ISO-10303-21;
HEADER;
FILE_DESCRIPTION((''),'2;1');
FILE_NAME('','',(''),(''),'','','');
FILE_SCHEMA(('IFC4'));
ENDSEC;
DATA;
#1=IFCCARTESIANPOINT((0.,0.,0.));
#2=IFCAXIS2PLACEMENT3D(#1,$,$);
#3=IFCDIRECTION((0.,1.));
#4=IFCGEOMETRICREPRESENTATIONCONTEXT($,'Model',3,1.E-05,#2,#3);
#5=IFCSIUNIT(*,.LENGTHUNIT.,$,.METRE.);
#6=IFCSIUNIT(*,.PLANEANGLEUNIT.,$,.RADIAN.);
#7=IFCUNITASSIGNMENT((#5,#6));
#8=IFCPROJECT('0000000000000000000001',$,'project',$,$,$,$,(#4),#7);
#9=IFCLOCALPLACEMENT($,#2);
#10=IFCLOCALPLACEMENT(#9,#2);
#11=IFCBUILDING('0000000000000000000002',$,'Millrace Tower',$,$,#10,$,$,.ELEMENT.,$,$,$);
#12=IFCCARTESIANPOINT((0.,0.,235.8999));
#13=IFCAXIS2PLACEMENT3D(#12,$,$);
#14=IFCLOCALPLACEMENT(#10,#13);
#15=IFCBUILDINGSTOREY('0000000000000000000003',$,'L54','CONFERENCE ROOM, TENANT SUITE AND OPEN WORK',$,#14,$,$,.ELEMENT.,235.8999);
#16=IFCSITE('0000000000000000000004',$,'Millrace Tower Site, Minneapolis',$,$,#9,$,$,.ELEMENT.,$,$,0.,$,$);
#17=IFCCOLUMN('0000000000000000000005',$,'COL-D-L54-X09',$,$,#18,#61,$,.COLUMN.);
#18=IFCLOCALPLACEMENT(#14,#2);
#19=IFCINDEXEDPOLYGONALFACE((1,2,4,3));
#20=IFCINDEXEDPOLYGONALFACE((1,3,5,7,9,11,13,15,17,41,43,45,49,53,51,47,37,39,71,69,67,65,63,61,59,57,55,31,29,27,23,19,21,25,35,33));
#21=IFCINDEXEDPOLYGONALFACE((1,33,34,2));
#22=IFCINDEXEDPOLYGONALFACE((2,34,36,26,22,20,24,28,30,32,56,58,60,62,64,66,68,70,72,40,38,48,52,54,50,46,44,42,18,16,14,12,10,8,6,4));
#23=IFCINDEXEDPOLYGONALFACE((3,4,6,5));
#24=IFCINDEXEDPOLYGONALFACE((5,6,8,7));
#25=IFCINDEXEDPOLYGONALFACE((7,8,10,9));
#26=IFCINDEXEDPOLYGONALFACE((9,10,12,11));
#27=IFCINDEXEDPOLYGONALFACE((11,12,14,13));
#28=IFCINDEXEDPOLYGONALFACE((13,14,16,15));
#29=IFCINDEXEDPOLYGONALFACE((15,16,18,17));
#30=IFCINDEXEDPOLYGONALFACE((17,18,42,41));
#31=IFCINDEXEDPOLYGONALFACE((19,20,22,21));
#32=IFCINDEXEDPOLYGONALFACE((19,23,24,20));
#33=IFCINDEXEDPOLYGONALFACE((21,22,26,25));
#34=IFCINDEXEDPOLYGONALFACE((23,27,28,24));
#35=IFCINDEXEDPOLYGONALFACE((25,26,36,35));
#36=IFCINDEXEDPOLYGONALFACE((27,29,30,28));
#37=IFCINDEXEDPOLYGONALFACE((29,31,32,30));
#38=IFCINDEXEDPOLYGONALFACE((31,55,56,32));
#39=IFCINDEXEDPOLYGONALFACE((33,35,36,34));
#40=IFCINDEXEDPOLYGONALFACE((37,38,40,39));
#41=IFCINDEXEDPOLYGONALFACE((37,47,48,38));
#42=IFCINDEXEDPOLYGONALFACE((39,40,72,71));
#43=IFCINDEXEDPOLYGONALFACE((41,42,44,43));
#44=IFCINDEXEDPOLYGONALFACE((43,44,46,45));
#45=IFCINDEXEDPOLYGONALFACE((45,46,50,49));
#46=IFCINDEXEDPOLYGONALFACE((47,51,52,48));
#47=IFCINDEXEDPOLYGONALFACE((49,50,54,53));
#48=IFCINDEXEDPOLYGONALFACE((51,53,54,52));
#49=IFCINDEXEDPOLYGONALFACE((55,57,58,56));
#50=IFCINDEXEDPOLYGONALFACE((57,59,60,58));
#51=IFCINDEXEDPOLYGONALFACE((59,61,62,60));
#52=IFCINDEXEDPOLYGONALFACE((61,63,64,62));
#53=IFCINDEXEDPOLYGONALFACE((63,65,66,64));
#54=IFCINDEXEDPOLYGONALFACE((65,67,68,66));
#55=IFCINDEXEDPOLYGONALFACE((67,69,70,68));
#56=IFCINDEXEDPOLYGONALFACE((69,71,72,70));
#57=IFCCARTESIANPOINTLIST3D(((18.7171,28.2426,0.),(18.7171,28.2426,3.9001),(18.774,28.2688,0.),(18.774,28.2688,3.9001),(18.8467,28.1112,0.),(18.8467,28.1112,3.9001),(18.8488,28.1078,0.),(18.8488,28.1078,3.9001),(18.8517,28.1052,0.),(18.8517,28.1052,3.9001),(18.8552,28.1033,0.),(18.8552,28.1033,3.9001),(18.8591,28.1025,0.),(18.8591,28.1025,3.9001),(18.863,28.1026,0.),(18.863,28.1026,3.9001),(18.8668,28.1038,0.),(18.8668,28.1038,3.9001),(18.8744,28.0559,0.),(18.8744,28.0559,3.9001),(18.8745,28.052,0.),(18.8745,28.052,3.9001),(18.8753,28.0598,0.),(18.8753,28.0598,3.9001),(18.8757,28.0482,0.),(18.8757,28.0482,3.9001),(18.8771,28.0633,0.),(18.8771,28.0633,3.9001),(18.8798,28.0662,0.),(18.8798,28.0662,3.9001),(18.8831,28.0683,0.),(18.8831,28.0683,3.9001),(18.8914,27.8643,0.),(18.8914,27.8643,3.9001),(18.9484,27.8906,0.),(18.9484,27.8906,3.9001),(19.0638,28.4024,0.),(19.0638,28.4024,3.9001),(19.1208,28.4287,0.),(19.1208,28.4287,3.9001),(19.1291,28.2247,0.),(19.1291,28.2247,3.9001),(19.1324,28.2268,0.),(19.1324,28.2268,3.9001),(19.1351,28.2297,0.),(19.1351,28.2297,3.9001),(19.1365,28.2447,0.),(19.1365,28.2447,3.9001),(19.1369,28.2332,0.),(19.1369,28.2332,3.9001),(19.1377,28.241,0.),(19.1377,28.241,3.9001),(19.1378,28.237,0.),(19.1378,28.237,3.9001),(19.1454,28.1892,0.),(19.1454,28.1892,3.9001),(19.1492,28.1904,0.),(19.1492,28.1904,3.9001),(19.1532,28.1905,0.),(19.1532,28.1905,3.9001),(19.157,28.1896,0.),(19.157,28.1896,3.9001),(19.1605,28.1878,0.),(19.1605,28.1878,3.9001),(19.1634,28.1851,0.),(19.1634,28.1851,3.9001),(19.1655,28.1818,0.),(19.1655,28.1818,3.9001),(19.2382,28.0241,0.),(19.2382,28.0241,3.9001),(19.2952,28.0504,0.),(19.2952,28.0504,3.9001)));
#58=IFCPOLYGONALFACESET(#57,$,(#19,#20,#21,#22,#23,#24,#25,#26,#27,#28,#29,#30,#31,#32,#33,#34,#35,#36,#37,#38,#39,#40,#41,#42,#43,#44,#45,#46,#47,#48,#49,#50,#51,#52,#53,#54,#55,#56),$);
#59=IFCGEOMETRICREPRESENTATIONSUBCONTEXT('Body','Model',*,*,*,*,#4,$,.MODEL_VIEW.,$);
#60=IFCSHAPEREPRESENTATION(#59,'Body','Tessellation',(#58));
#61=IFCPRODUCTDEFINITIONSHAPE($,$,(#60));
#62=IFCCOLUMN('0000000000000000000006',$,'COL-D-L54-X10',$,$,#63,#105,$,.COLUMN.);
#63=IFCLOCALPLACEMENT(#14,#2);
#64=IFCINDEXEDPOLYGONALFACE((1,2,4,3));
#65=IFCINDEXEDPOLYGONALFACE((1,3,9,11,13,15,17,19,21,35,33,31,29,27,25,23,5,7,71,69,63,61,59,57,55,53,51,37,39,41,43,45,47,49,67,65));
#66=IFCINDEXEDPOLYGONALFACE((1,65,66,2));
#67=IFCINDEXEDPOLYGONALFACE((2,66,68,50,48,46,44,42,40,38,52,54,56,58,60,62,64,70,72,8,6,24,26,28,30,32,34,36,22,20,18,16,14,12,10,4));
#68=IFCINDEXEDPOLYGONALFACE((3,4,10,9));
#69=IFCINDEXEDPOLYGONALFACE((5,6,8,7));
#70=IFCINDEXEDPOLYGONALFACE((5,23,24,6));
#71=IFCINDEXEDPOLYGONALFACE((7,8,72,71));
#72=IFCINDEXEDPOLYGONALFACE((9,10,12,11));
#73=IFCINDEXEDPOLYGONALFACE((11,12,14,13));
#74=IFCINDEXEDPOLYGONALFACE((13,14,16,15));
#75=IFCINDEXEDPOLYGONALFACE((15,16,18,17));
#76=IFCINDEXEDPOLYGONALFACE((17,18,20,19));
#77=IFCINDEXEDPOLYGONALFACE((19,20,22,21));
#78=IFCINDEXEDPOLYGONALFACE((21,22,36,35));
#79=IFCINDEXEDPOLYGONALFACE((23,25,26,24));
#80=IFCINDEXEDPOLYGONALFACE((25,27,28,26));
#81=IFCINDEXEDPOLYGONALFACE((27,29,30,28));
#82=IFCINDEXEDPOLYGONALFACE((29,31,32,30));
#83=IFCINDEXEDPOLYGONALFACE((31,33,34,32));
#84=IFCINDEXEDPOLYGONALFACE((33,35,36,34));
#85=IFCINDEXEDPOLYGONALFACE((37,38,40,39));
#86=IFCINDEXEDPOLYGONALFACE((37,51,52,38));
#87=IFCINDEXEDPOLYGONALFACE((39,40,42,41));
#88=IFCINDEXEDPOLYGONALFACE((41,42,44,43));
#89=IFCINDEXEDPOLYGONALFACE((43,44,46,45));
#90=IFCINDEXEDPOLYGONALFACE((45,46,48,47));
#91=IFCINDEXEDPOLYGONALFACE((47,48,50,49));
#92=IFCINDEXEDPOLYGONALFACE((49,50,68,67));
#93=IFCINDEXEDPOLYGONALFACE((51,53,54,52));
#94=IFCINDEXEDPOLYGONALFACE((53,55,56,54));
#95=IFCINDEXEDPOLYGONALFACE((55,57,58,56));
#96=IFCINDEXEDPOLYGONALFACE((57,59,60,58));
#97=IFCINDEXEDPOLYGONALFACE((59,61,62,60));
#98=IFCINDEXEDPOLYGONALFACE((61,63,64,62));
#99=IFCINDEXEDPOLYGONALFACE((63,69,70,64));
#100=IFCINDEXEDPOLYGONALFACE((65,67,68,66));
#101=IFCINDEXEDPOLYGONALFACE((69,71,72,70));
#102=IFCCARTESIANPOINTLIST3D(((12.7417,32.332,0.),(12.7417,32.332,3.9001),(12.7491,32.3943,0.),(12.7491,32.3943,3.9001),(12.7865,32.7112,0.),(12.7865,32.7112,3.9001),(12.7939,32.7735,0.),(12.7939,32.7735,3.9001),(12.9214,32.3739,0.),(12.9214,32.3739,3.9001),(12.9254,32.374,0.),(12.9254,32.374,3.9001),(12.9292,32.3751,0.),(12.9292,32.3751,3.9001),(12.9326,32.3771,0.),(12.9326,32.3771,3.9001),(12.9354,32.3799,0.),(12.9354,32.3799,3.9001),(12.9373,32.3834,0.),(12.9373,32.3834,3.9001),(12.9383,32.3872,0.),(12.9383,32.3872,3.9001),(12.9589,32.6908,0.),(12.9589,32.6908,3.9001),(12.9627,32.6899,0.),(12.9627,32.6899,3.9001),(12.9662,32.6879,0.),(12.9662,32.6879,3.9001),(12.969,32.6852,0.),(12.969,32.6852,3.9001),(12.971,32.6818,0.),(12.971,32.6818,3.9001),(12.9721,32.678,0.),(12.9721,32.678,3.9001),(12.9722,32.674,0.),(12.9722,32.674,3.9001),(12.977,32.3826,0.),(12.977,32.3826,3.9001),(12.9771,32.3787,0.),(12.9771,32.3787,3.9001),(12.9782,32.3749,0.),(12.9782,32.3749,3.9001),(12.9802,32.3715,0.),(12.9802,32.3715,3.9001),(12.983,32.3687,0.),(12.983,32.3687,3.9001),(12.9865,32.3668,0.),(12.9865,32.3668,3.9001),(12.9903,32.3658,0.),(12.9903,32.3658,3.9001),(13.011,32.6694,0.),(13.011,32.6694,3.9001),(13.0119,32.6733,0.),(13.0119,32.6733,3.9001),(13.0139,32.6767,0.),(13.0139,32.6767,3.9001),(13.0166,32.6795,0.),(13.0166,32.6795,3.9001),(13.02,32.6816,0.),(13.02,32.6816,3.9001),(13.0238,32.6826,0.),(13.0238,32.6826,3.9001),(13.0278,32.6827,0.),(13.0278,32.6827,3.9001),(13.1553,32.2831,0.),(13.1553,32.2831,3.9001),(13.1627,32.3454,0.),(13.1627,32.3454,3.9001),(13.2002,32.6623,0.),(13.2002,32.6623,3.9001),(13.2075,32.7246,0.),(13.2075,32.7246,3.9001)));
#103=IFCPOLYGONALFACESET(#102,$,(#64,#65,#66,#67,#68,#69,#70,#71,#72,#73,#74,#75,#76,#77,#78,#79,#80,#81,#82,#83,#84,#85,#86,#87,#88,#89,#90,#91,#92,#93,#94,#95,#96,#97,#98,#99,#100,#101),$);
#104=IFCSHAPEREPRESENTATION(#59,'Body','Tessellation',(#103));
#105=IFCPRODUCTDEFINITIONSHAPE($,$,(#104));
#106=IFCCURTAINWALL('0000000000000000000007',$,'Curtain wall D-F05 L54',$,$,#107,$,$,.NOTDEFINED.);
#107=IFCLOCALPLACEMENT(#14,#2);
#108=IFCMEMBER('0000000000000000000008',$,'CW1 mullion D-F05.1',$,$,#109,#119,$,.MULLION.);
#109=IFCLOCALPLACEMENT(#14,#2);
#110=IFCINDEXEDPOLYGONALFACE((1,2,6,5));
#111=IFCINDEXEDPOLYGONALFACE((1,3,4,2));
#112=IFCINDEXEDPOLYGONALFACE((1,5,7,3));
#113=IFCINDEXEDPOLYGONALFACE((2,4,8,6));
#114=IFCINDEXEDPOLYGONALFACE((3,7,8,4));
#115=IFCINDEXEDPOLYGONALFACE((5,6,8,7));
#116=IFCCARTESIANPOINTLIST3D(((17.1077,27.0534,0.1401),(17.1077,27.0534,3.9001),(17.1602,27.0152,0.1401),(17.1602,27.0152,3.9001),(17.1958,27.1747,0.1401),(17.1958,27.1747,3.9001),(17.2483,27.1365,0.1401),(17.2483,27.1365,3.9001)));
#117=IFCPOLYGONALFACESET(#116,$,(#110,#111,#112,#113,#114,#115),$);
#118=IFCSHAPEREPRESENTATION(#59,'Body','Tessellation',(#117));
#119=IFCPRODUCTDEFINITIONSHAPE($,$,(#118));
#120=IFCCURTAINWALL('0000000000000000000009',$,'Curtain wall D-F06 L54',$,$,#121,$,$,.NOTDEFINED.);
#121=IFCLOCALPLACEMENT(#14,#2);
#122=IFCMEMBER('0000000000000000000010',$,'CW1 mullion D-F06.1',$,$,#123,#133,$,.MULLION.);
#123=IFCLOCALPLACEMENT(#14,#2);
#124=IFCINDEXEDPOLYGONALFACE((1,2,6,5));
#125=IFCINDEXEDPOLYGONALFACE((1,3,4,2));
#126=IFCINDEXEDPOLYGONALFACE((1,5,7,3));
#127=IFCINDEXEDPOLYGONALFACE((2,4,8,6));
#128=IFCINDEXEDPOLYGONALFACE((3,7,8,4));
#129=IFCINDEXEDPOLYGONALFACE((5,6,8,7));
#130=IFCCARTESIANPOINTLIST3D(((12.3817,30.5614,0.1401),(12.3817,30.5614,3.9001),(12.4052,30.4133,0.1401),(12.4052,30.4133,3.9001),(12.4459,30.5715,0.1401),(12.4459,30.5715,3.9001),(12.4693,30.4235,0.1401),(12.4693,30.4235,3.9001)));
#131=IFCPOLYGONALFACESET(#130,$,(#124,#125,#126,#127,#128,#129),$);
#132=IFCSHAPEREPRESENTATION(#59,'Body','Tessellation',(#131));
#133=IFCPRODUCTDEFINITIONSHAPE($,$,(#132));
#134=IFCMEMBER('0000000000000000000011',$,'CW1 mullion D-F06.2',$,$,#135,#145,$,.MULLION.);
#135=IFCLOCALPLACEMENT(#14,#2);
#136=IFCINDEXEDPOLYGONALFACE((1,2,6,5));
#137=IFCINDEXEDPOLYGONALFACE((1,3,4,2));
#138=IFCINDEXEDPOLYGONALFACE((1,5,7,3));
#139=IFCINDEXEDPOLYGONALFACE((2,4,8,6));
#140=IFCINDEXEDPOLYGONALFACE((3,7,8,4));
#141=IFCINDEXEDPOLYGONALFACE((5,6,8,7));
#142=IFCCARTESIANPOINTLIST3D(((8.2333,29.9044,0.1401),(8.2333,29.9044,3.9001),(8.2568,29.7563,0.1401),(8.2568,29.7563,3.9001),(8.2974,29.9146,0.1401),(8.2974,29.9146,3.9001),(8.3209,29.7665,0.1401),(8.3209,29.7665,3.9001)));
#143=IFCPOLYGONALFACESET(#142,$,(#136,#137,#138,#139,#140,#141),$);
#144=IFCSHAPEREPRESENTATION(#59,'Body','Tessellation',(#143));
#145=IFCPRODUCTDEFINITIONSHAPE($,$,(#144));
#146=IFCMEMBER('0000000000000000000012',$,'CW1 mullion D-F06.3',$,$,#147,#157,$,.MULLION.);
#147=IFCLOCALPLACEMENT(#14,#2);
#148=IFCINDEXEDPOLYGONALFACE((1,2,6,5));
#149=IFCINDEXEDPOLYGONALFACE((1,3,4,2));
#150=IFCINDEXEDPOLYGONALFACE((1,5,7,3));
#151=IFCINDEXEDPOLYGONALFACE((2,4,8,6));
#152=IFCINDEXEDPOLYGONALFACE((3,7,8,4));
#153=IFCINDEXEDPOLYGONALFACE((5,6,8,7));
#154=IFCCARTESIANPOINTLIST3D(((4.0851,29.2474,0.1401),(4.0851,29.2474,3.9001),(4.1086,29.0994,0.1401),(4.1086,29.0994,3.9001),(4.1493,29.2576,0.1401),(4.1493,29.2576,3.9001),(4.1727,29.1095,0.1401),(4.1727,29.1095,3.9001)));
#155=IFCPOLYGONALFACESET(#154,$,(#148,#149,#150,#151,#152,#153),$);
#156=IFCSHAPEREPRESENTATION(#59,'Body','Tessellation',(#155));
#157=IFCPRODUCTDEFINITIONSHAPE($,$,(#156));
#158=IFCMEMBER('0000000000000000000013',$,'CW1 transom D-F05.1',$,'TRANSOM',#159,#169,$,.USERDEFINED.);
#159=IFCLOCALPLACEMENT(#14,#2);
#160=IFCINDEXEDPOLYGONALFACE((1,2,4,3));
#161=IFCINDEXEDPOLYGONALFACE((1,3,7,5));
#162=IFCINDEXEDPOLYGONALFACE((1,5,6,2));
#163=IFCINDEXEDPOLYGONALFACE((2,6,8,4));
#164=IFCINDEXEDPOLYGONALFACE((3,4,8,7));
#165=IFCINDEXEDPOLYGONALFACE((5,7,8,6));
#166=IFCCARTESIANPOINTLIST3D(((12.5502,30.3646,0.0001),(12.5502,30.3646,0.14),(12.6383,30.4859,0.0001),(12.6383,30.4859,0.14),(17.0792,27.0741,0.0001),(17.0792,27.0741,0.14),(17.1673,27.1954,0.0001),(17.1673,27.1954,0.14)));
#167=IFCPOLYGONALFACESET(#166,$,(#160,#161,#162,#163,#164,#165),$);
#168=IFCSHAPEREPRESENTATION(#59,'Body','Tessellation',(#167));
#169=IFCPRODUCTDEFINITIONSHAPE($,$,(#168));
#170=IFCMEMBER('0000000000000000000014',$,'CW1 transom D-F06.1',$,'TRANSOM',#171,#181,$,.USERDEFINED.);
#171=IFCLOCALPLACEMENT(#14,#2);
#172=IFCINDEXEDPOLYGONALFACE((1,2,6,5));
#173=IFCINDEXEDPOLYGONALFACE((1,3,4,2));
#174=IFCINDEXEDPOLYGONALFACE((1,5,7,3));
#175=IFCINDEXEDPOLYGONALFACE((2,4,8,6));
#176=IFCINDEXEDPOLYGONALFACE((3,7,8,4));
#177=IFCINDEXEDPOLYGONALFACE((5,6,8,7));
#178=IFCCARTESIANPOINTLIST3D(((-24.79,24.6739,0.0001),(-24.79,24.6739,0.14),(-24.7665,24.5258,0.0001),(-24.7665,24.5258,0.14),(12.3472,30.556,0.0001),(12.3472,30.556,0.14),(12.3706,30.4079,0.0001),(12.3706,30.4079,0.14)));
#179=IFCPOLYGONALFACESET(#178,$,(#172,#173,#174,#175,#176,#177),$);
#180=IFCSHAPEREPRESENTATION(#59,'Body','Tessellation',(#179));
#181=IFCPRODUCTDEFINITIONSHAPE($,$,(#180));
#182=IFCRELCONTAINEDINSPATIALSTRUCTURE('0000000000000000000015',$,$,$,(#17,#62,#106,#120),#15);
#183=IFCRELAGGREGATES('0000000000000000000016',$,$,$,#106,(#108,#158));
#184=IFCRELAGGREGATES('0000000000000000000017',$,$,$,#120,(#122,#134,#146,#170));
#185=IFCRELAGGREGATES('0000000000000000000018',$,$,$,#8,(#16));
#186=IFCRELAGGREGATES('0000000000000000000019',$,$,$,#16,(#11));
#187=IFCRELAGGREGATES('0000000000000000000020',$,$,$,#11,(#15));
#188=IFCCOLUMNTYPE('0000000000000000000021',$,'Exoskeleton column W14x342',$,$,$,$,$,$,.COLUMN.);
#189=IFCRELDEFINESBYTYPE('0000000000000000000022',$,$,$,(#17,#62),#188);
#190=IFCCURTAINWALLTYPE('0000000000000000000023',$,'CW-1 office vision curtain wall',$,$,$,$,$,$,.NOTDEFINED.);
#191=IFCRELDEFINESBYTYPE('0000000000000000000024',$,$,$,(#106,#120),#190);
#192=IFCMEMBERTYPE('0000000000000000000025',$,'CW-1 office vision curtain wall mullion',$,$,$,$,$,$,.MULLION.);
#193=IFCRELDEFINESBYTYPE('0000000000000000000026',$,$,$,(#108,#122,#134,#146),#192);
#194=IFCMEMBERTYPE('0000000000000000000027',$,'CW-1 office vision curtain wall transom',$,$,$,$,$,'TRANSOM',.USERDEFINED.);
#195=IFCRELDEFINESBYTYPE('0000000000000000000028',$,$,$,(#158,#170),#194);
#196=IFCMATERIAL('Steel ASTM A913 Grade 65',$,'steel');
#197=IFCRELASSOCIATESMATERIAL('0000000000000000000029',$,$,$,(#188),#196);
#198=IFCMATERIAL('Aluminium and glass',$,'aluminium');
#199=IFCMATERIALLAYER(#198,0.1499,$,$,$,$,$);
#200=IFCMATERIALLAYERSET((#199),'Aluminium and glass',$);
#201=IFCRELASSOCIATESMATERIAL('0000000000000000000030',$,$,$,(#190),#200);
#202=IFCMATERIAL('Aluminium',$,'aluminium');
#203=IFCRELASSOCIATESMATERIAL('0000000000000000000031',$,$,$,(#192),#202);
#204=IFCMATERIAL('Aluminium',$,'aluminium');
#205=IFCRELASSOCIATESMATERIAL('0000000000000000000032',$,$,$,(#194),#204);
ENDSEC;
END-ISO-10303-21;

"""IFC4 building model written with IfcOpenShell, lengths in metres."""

from ifc_helpers import new_model, si_unit, direction, frame, origin, origin_2d, place, context, subcontext, project, spatial, rectangle, i_section, extrude, material, layer, layer_set, material_profile, profile_set, type_object, element, aggregate, save


model = new_model("IFC4")

# Units and contexts
model_context = context("Model", 3, precision=1e-05, world=origin(), true_north=direction((0.0, 1.0)))
body_context = subcontext(model_context, "Body", "Model", "MODEL_VIEW")
ifc_project = project(units=[si_unit("LENGTHUNIT", "METRE"), si_unit("PLANEANGLEUNIT", "RADIAN")], contexts=[model_context])

# Site, building, storey
site_placement = place(None, origin())
site = spatial("IfcSite", under=ifc_project, at=site_placement, Name="Millrace Tower Site, Minneapolis", CompositionType="ELEMENT", RefElevation=0.0)
building_placement = place(site_placement, origin())
building = spatial("IfcBuilding", under=site, at=building_placement, Name="Millrace Tower", CompositionType="ELEMENT")
storey_placement = place(building_placement, frame((0.0, 0.0, 235.8999)))
storey = spatial("IfcBuildingStorey", under=building, at=storey_placement, Name="L54", Description="CONFERENCE ROOM, TENANT SUITE AND OPEN WORK", CompositionType="ELEMENT", Elevation=235.8999)

# Columns
ifc_material_1 = material(Name="Steel ASTM A913 Grade 65", Category="steel")
ifc_material_profile_1 = material_profile(ifc_material_1, i_section(OverallWidth=0.4165, OverallDepth=0.4446, WebThickness=0.0391, FlangeThickness=0.0627, FilletRadius=0.0151, at=origin_2d()))
ifc_profile_set_1 = profile_set([ifc_material_profile_1], Name="Steel ASTM A913 Grade 65")
column_type = type_object("IfcColumnType", Name="Exoskeleton column W14x342", PredefinedType="COLUMN", material=ifc_profile_set_1)
for number, where, z_axis, x_axis, name in (
    (1, (19.0061, 28.1465, 0.0), (0.0, 0.0, 1.0), (-0.418553, 0.908192, 0.0), "COL-D-L54-X09"),
    (2, (12.9746, 32.5283, 0.0), (0.0, 0.0, 1.0), (-0.993082, 0.117421, 0.0), "COL-D-L54-X10"),
):
    element("IfcColumn", number, at=place(storey_placement, frame(where, z_axis=z_axis, x_axis=x_axis)), inside=storey, type_object=column_type, Name=name, PredefinedType="COLUMN", context=body_context, shape_type="SweptSolid", body=[
        extrude(i_section(OverallWidth=0.4165, OverallDepth=0.4446, WebThickness=0.0391, FlangeThickness=0.0627, FilletRadius=0.0151, at=origin_2d()), origin(), (0.0, 0.0, 1.0), 3.9001),
    ])

# Curtain wall, member
ifc_material_2 = material(Name="Aluminium and glass", Category="aluminium")
ifc_layer_1 = layer(ifc_material_2, 0.1499)
ifc_layer_set_1 = layer_set([ifc_layer_1], Name="Aluminium and glass")
curtain_wall_type = type_object("IfcCurtainWallType", Name="CW-1 office vision curtain wall", PredefinedType="NOTDEFINED", material=ifc_layer_set_1)
placement = place(storey_placement, origin())
curtain_wall_1 = element("IfcCurtainWall", 3, at=placement, inside=storey, type_object=curtain_wall_type, Name="Curtain wall D-F05 L54", PredefinedType="NOTDEFINED")
ifc_material_3 = material(Name="Aluminium", Category="aluminium")
ifc_material_profile_2 = material_profile(ifc_material_3, rectangle(XDim=0.0649, YDim=0.1499, at=origin_2d()))
ifc_profile_set_2 = profile_set([ifc_material_profile_2], Name="Aluminium")
member_type_1 = type_object("IfcMemberType", Name="CW-1 office vision curtain wall mullion", PredefinedType="MULLION", material=ifc_profile_set_2)
member_1_placement = place(storey_placement, frame((17.178, 27.095, 0.1401), z_axis=(0.0, 0.0, 1.0), x_axis=(-0.809017, 0.587785, 0.0)))
member_1 = element("IfcMember", 4, at=member_1_placement, type_object=member_type_1, Name="CW1 mullion D-F05.1", PredefinedType="MULLION", context=body_context, shape_type="SweptSolid", body=[
    extrude(rectangle(XDim=0.0649, YDim=0.1499, at=origin_2d()), origin(), (0.0, 0.0, 1.0), 3.76),
])

# Curtain wall, members
curtain_wall_2 = element("IfcCurtainWall", 5, at=placement, inside=storey, type_object=curtain_wall_type, Name="Curtain wall D-F06 L54", PredefinedType="NOTDEFINED")
member_2_placement = place(storey_placement, frame((12.4255, 30.4924, 0.1401), z_axis=(0.0, 0.0, 1.0), x_axis=(-0.987688, -0.156434, 0.0)))
member_2 = element("IfcMember", 6, at=member_2_placement, type_object=member_type_1, Name="CW1 mullion D-F06.1", PredefinedType="MULLION", context=body_context, shape_type="SweptSolid", body=[
    extrude(rectangle(XDim=0.0649, YDim=0.1499, at=origin_2d()), origin(), (0.0, 0.0, 1.0), 3.76),
])
member_3_placement = place(storey_placement, frame((8.2771, 29.8354, 0.1401), z_axis=(0.0, 0.0, 1.0), x_axis=(-0.987688, -0.156434, 0.0)))
member_3 = element("IfcMember", 7, at=member_3_placement, type_object=member_type_1, Name="CW1 mullion D-F06.2", PredefinedType="MULLION", context=body_context, shape_type="SweptSolid", body=[
    extrude(rectangle(XDim=0.0649, YDim=0.1499, at=origin_2d()), origin(), (0.0, 0.0, 1.0), 3.76),
])
member_4_placement = place(storey_placement, frame((4.1289, 29.1785, 0.1401), z_axis=(0.0, 0.0, 1.0), x_axis=(-0.987688, -0.156434, 0.0)))
member_4 = element("IfcMember", 8, at=member_4_placement, type_object=member_type_1, Name="CW1 mullion D-F06.3", PredefinedType="MULLION", context=body_context, shape_type="SweptSolid", body=[
    extrude(rectangle(XDim=0.0649, YDim=0.1499, at=origin_2d()), origin(), (0.0, 0.0, 1.0), 3.76),
])

# Members
ifc_material_4 = material(Name="Aluminium", Category="aluminium")
ifc_material_profile_3 = material_profile(ifc_material_4, rectangle(XDim=0.1499, YDim=0.1399, at=origin_2d()))
ifc_profile_set_3 = profile_set([ifc_material_profile_3], Name="Aluminium")
member_type_2 = type_object("IfcMemberType", Name="CW-1 office vision curtain wall transom", ElementType="TRANSOM", PredefinedType="USERDEFINED", material=ifc_profile_set_3)
member_5_placement = place(storey_placement, frame((17.1233, 27.1348, 0.0701), z_axis=(-0.809019, 0.587783, 0.0), x_axis=(-0.587783, -0.809019, 0.0)))
member_5 = element("IfcMember", 9, at=member_5_placement, type_object=member_type_2, Name="CW1 transom D-F05.1", ObjectType="TRANSOM", PredefinedType="USERDEFINED", context=body_context, shape_type="SweptSolid", body=[
    extrude(rectangle(XDim=0.1499, YDim=0.1399, at=origin_2d()), origin(), (0.0, 0.0, 1.0), 5.5981),
])
aggregate(curtain_wall_1, [member_1, member_5])
member_6_placement = place(storey_placement, frame((12.3589, 30.4819, 0.0701), z_axis=(-0.987688, -0.156438, 0.0), x_axis=(0.156438, -0.987688, 0.0)))
member_6 = element("IfcMember", 10, at=member_6_placement, type_object=member_type_2, Name="CW1 transom D-F06.1", ObjectType="TRANSOM", PredefinedType="USERDEFINED", context=body_context, shape_type="SweptSolid", body=[
    extrude(rectangle(XDim=0.1499, YDim=0.1399, at=origin_2d()), origin(), (0.0, 0.0, 1.0), 37.6001),
])
aggregate(curtain_wall_2, [member_2, member_3, member_4, member_6])

save(model, "model.ifc")
